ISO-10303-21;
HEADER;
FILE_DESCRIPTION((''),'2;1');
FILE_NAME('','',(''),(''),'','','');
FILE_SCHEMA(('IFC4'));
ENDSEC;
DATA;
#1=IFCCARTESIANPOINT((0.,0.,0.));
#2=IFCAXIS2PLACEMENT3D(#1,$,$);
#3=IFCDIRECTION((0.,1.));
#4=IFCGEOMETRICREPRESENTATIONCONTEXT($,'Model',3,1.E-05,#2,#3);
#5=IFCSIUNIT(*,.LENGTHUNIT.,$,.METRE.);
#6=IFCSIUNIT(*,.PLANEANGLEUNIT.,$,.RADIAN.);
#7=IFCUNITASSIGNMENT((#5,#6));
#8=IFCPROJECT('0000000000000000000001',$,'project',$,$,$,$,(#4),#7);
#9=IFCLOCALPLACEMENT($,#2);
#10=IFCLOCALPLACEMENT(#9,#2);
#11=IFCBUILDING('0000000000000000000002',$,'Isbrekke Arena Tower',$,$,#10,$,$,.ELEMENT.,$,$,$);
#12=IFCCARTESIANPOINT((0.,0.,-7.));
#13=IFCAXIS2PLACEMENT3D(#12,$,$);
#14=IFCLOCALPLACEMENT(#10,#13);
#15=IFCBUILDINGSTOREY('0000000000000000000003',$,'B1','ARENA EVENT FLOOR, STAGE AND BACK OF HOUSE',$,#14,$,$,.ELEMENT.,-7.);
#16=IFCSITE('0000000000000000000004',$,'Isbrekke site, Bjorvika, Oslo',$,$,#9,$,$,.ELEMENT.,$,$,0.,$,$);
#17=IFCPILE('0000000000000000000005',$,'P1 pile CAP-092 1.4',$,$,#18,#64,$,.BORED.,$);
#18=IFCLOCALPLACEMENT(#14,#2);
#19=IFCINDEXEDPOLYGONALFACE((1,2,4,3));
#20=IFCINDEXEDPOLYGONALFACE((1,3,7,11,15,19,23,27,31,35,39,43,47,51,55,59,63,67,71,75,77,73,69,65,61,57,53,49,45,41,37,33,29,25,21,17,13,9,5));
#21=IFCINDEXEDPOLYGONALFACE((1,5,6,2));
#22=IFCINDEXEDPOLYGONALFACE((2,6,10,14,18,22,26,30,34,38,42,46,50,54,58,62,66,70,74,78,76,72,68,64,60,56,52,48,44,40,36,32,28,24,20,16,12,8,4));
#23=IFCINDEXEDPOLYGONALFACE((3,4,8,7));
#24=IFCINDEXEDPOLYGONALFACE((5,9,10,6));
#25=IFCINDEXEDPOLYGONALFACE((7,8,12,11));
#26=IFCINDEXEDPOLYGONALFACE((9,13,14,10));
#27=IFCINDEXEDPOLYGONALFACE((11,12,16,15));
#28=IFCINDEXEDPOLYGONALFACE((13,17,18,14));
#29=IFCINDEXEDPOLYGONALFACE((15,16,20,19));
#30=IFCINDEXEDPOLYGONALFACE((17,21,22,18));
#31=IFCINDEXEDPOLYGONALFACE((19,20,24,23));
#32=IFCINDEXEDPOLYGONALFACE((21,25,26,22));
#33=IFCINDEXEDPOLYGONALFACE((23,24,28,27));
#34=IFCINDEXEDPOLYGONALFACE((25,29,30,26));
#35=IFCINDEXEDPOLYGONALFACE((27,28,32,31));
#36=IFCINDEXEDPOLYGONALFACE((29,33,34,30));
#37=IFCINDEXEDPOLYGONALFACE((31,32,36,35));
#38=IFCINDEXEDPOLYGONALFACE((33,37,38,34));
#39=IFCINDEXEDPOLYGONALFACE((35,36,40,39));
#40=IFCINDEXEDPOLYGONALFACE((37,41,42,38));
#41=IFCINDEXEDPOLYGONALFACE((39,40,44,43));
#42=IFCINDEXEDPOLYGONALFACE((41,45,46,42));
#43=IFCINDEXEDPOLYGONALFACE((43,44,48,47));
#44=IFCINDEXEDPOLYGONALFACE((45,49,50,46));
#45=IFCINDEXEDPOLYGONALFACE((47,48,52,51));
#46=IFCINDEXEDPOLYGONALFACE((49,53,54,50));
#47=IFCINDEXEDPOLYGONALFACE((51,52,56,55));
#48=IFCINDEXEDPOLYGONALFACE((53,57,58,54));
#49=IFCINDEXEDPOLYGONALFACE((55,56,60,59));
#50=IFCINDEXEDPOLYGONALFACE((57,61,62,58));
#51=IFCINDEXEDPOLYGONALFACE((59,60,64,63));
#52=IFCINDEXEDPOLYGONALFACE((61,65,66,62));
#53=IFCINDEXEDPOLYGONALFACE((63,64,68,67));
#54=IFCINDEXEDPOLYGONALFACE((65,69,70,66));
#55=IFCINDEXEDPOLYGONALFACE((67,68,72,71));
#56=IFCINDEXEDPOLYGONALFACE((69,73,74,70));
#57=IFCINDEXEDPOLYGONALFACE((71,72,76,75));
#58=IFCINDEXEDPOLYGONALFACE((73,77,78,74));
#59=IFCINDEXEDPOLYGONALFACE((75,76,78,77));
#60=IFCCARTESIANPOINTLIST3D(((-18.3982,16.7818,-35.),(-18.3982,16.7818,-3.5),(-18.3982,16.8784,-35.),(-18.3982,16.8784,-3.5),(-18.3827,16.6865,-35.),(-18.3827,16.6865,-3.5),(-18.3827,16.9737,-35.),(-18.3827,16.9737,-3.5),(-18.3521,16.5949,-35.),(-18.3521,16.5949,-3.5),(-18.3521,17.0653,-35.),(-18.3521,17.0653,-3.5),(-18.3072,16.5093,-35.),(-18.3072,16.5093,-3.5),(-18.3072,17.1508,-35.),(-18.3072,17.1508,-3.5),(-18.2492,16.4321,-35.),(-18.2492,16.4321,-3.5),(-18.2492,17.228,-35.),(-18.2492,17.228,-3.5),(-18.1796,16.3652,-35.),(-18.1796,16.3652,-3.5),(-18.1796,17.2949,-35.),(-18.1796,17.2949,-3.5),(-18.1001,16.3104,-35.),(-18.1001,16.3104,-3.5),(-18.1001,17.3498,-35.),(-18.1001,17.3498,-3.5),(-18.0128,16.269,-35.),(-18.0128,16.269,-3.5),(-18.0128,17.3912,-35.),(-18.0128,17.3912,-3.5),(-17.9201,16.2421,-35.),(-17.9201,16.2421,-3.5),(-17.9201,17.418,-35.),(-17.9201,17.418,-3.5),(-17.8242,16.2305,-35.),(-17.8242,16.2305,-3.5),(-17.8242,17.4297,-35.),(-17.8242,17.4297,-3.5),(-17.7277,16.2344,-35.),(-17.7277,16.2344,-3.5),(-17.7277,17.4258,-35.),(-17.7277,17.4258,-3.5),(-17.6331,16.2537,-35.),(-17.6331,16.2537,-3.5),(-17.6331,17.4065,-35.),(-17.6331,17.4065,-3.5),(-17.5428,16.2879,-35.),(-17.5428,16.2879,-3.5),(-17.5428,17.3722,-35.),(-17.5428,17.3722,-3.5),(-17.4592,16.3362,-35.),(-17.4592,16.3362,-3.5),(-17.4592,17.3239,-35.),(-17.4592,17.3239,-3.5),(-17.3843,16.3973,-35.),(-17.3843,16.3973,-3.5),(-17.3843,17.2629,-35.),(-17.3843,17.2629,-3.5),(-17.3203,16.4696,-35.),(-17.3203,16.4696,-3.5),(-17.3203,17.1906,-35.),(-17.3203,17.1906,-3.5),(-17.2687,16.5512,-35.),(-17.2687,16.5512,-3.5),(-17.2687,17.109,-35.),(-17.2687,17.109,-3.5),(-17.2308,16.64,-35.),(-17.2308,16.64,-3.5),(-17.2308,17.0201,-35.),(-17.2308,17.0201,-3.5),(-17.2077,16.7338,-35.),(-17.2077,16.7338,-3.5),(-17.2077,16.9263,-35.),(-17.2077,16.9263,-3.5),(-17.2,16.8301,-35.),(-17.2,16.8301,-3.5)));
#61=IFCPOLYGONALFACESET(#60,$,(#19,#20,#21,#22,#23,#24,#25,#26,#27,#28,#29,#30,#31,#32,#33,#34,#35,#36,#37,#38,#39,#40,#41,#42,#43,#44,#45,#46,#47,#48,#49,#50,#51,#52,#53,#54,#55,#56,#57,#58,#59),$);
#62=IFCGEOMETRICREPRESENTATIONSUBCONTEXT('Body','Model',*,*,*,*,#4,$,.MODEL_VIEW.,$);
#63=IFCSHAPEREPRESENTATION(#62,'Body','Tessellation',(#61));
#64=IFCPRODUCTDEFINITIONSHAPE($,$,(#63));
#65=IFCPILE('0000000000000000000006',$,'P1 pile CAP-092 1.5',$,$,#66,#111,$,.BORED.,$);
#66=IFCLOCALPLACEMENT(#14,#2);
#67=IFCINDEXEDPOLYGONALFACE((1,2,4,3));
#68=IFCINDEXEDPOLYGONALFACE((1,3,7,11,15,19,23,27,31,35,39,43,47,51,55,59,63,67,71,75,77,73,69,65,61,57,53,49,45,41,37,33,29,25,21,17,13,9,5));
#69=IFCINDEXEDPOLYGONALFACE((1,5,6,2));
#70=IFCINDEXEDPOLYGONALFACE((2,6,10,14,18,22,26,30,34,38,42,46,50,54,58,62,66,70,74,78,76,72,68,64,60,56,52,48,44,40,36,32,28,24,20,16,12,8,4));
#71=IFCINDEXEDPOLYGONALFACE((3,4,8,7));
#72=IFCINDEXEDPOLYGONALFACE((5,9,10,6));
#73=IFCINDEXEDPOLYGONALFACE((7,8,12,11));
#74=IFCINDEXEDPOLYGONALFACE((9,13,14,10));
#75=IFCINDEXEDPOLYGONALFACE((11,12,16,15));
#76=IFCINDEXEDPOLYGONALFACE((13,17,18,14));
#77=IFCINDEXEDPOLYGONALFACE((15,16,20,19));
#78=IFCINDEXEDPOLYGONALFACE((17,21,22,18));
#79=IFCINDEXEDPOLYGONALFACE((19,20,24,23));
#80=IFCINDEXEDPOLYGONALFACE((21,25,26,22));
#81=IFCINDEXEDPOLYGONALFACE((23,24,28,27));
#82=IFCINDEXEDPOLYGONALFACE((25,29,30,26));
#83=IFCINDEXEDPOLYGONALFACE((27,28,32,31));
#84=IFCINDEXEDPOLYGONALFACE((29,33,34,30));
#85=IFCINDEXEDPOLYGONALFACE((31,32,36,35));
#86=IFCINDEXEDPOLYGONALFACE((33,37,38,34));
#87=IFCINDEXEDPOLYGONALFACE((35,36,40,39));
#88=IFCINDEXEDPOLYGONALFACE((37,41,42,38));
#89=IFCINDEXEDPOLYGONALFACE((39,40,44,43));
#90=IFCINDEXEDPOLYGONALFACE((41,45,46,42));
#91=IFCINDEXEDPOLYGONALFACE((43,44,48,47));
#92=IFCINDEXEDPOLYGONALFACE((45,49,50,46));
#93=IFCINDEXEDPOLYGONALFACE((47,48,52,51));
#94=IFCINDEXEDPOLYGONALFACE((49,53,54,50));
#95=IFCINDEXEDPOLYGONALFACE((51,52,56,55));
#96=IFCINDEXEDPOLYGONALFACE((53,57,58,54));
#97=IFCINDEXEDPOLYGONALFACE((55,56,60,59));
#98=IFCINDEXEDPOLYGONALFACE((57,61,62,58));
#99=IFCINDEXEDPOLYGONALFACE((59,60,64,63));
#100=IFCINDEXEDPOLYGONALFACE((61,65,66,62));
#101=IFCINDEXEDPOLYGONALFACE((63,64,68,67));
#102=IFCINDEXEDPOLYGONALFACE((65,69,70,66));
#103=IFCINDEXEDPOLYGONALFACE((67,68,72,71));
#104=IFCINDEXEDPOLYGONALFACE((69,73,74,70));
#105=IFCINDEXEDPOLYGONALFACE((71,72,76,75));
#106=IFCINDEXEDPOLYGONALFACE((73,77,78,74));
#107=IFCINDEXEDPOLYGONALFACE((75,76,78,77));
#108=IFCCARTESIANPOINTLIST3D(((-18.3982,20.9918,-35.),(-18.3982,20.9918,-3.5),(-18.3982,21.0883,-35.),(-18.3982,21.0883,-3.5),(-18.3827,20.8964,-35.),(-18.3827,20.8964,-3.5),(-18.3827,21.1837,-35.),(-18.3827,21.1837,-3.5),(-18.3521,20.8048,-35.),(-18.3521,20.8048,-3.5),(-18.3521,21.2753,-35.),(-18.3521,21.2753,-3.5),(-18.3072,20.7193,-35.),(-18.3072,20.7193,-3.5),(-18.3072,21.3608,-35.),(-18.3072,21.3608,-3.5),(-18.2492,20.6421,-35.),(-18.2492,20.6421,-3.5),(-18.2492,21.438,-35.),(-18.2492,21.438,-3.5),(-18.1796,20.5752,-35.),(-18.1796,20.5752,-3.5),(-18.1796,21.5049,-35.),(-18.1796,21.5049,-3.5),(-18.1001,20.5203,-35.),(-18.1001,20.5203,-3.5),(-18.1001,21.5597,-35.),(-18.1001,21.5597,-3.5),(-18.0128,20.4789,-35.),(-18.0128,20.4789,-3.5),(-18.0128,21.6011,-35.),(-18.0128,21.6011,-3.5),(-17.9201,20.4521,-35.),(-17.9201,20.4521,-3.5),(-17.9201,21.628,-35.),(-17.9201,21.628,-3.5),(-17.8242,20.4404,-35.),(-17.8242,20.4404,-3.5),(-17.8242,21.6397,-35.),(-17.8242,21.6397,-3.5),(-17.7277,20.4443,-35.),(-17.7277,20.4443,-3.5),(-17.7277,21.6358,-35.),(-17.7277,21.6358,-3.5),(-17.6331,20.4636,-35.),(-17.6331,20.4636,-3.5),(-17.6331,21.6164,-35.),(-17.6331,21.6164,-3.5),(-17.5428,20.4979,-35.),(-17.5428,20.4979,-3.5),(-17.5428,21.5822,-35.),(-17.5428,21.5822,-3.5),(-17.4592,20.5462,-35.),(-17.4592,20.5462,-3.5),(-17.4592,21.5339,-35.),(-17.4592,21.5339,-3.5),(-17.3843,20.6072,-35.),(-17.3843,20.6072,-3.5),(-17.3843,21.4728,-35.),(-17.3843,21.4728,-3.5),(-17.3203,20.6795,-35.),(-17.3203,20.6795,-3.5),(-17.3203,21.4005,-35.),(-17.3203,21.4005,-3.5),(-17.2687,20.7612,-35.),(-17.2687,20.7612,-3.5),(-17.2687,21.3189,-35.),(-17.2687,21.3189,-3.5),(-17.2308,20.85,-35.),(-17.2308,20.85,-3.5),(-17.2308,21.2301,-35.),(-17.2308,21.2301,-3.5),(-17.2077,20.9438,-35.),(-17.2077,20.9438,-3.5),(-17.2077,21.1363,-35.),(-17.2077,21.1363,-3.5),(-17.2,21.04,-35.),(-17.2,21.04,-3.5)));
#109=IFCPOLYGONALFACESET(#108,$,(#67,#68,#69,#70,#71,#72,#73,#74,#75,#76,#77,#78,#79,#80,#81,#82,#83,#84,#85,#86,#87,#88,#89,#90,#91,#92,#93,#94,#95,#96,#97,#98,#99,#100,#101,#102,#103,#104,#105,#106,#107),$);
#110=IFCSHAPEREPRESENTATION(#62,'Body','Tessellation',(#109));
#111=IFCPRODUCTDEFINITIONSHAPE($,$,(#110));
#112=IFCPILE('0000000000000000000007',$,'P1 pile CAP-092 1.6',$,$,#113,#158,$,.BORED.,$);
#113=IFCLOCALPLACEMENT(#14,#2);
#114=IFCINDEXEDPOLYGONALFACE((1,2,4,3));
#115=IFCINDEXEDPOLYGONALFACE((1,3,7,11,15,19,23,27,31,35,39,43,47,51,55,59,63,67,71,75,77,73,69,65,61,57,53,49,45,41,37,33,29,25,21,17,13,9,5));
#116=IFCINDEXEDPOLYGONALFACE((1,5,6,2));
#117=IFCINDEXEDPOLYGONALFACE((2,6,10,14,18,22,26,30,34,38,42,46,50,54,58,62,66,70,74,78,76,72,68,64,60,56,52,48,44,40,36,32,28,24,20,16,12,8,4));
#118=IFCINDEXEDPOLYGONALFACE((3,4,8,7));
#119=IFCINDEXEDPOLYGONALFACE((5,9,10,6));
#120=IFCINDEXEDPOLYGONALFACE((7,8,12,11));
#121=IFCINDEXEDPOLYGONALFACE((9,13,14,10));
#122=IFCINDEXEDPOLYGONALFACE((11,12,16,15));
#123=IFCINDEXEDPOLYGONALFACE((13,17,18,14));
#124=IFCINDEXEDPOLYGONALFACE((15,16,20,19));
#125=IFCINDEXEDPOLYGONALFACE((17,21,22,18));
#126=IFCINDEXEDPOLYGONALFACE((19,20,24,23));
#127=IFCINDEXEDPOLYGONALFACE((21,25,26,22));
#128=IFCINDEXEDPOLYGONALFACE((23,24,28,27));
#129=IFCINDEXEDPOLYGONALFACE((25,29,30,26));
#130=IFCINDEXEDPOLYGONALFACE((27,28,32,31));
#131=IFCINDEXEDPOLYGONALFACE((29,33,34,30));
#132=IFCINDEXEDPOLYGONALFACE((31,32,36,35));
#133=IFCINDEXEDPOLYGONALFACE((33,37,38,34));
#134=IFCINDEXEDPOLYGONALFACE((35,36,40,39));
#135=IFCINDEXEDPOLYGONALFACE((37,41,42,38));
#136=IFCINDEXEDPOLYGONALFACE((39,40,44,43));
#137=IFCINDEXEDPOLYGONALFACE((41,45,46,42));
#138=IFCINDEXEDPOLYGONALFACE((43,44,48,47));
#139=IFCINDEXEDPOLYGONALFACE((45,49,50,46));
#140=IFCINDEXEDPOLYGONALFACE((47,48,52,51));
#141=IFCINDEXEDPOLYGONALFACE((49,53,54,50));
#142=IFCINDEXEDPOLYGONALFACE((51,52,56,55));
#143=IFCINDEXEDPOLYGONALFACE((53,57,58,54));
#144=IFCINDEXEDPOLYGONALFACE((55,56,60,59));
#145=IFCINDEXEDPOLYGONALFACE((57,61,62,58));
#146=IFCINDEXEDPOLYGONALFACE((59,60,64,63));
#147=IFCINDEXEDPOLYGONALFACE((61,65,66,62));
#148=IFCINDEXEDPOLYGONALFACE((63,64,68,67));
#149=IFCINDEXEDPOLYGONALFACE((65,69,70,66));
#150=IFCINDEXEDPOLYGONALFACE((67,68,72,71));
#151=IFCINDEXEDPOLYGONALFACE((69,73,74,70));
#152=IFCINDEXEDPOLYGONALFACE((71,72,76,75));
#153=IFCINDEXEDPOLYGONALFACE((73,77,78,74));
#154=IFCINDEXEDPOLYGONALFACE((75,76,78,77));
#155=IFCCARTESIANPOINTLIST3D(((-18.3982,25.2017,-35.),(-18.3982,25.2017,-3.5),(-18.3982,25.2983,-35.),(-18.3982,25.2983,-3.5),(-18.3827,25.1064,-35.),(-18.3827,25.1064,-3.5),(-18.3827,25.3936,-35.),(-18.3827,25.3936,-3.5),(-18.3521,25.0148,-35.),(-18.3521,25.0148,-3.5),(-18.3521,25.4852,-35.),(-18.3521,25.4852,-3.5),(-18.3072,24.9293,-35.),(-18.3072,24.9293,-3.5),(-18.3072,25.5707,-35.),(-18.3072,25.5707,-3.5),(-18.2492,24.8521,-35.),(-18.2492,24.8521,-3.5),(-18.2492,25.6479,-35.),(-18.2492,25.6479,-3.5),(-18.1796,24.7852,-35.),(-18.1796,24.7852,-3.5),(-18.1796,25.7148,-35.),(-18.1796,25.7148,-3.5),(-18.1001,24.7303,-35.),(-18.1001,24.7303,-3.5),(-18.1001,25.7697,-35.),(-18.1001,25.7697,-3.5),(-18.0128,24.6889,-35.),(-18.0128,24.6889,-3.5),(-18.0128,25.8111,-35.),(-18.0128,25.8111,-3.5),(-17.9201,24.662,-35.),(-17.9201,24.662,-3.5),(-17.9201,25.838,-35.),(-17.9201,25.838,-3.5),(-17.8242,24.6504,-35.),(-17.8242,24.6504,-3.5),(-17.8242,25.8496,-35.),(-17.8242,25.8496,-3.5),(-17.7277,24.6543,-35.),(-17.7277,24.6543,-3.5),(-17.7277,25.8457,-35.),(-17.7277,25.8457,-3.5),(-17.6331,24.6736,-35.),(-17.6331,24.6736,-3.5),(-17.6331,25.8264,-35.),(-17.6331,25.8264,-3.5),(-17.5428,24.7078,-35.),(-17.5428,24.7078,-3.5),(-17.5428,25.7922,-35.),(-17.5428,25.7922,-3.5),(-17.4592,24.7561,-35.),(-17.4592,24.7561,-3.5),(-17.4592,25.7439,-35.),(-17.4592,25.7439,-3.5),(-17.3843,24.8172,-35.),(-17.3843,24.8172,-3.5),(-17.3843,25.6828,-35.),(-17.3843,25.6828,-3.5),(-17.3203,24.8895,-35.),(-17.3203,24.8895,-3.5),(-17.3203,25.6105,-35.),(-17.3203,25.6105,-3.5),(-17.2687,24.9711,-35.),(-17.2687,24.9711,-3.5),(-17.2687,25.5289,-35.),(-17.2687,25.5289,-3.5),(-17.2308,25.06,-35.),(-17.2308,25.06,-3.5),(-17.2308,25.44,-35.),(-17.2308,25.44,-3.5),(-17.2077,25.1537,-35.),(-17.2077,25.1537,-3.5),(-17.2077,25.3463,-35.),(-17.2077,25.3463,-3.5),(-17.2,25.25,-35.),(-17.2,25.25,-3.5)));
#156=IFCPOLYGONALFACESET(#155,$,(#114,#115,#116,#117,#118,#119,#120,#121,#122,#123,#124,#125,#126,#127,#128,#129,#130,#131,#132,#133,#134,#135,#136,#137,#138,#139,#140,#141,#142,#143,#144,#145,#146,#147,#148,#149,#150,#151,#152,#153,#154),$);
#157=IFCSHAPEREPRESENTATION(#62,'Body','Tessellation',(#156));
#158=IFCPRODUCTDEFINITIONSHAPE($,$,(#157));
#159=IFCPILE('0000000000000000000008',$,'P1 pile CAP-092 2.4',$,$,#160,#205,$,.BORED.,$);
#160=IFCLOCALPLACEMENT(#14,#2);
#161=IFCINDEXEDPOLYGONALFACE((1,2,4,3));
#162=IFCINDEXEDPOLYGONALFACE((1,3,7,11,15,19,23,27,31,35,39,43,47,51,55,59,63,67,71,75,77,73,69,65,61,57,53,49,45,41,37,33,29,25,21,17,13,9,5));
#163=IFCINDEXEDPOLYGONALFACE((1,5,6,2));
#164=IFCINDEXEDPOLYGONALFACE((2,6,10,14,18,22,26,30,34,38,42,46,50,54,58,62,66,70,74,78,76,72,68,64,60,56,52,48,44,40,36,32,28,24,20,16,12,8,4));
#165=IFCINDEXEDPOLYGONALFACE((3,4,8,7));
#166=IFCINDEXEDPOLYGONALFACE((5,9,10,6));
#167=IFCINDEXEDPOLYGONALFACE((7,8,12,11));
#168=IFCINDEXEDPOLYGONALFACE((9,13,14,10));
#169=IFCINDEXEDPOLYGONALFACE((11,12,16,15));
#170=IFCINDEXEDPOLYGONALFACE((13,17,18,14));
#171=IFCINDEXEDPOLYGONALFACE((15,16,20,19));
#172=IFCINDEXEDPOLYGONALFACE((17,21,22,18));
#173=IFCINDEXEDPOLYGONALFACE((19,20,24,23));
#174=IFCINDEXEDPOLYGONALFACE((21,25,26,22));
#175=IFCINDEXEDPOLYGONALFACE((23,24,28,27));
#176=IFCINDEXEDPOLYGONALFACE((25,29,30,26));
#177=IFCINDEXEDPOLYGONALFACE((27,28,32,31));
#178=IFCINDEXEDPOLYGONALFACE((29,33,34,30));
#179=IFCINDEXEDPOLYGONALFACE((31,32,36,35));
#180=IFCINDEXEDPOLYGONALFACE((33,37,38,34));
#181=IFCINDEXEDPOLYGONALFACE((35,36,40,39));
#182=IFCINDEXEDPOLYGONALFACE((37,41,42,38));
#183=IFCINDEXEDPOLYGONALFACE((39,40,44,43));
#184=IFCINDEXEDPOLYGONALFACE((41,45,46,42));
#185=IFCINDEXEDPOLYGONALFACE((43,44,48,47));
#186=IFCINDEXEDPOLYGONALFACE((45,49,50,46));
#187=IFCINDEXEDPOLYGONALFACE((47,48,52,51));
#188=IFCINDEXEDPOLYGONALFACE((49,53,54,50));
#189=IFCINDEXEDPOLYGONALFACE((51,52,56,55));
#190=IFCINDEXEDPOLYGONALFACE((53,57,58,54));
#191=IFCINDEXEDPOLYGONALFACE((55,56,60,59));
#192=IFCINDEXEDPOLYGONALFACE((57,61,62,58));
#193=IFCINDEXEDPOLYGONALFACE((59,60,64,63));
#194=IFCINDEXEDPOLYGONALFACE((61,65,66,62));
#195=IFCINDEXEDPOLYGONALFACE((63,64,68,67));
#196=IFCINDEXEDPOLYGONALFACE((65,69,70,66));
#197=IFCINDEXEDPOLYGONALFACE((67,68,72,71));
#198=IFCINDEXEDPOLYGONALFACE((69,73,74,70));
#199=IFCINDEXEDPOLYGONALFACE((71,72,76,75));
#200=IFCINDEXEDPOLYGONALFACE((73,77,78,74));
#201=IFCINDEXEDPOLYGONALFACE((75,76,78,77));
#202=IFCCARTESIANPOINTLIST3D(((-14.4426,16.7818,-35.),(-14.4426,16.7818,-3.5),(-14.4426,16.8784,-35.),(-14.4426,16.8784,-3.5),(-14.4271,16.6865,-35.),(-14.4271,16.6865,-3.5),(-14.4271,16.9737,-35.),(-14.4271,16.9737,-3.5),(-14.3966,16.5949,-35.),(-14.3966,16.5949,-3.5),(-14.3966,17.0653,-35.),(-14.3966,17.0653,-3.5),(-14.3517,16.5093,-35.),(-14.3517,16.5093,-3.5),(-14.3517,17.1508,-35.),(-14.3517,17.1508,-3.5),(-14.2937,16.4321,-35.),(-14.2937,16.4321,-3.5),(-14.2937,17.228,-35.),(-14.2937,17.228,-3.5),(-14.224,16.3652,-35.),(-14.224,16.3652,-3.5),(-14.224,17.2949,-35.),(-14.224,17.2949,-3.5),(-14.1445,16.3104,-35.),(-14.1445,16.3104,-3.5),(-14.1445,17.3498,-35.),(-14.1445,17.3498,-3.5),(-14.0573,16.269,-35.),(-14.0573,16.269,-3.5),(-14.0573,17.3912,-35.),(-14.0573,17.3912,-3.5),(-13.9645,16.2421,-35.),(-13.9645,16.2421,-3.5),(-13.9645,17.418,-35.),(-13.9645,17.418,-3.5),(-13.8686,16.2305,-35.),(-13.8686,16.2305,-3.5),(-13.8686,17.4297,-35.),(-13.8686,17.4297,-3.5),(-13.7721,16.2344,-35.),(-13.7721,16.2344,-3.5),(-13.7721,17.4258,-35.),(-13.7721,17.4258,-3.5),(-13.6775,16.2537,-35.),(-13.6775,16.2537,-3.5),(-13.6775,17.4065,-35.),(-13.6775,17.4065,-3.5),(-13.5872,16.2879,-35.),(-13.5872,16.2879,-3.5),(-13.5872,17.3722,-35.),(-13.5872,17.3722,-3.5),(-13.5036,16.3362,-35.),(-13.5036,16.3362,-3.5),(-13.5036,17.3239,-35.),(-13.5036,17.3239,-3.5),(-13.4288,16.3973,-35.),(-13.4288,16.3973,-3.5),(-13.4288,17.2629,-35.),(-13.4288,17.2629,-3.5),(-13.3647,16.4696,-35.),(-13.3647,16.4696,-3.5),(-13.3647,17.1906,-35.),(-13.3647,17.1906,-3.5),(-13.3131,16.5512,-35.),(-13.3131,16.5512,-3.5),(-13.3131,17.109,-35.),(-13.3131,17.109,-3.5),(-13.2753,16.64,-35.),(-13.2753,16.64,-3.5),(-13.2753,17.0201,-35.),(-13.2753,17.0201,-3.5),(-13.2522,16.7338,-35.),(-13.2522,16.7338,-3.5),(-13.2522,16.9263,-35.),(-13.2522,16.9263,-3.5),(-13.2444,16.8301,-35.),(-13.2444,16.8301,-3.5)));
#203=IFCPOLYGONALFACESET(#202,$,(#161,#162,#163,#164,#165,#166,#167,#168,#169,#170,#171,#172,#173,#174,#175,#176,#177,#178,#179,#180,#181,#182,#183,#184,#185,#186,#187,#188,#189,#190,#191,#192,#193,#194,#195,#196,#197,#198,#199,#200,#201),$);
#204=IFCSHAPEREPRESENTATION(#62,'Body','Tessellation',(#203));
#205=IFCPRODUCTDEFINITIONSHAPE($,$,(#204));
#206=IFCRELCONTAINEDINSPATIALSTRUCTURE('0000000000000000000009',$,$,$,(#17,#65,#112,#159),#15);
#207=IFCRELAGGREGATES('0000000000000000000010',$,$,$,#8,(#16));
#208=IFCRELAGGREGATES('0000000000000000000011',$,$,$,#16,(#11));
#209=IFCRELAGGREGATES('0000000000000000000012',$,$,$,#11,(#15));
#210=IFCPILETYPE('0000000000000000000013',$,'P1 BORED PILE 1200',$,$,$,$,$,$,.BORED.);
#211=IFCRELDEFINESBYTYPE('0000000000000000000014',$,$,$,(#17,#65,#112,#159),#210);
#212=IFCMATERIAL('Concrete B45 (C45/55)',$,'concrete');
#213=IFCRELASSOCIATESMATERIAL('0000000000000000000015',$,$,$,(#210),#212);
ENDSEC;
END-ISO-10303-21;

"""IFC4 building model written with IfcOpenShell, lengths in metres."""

from ifc_helpers import new_model, si_unit, direction, frame, origin, origin_2d, place, context, subcontext, project, spatial, circle, extrude, material, material_profile, profile_set, type_object, element, save


model = new_model("IFC4")

# Units and contexts
model_context = context("Model", 3, precision=1e-05, world=origin(), true_north=direction((0.0, 1.0)))
body_context = subcontext(model_context, "Body", "Model", "MODEL_VIEW")
ifc_project = project(units=[si_unit("LENGTHUNIT", "METRE"), si_unit("PLANEANGLEUNIT", "RADIAN")], contexts=[model_context])

# Site, building, storey
site_placement = place(None, origin())
site = spatial("IfcSite", under=ifc_project, at=site_placement, Name="Isbrekke site, Bjorvika, Oslo", CompositionType="ELEMENT", RefElevation=0.0)
building_placement = place(site_placement, origin())
building = spatial("IfcBuilding", under=site, at=building_placement, Name="Isbrekke Arena Tower", CompositionType="ELEMENT")
storey_placement = place(building_placement, frame((0.0, 0.0, -7.0)))
storey = spatial("IfcBuildingStorey", under=building, at=storey_placement, Name="B1", Description="ARENA EVENT FLOOR, STAGE AND BACK OF HOUSE", CompositionType="ELEMENT", Elevation=-7.0)

# Piles
ifc_material_1 = material(Name="Concrete B45 (C45/55)", Category="concrete")
ifc_material_profile_1 = material_profile(ifc_material_1, circle(Radius=0.6001, at=origin_2d()), Name="BORED PILE D1200")
ifc_profile_set_1 = profile_set([ifc_material_profile_1], Name="Concrete B45 (C45/55)")
pile_type = type_object("IfcPileType", Name="P1 BORED PILE 1200", PredefinedType="BORED", material=ifc_profile_set_1)
for number, where, z_axis, x_axis, name in (
    (1, (-17.8, 16.8301, -3.5), (0.0, 0.0, -1.0), (1.0, 0.0, 0.0), "P1 pile CAP-092 1.4"),
    (2, (-17.8, 21.04, -3.5), (0.0, 0.0, -1.0), (1.0, 0.0, 0.0), "P1 pile CAP-092 1.5"),
    (3, (-17.8, 25.25, -3.5), (0.0, 0.0, -1.0), (1.0, 0.0, 0.0), "P1 pile CAP-092 1.6"),
    (4, (-13.8445, 16.8301, -3.5), (0.0, 0.0, -1.0), (1.0, 0.0, 0.0), "P1 pile CAP-092 2.4"),
):
    element("IfcPile", number, at=place(storey_placement, frame(where, z_axis=z_axis, x_axis=x_axis)), inside=storey, type_object=pile_type, Name=name, PredefinedType="BORED", context=body_context, shape_type="SweptSolid", body=[
        extrude(circle(Radius=0.6001, at=origin_2d()), origin(), (0.0, 0.0, 1.0), 31.5),
    ])

save(model, "model.ifc")
